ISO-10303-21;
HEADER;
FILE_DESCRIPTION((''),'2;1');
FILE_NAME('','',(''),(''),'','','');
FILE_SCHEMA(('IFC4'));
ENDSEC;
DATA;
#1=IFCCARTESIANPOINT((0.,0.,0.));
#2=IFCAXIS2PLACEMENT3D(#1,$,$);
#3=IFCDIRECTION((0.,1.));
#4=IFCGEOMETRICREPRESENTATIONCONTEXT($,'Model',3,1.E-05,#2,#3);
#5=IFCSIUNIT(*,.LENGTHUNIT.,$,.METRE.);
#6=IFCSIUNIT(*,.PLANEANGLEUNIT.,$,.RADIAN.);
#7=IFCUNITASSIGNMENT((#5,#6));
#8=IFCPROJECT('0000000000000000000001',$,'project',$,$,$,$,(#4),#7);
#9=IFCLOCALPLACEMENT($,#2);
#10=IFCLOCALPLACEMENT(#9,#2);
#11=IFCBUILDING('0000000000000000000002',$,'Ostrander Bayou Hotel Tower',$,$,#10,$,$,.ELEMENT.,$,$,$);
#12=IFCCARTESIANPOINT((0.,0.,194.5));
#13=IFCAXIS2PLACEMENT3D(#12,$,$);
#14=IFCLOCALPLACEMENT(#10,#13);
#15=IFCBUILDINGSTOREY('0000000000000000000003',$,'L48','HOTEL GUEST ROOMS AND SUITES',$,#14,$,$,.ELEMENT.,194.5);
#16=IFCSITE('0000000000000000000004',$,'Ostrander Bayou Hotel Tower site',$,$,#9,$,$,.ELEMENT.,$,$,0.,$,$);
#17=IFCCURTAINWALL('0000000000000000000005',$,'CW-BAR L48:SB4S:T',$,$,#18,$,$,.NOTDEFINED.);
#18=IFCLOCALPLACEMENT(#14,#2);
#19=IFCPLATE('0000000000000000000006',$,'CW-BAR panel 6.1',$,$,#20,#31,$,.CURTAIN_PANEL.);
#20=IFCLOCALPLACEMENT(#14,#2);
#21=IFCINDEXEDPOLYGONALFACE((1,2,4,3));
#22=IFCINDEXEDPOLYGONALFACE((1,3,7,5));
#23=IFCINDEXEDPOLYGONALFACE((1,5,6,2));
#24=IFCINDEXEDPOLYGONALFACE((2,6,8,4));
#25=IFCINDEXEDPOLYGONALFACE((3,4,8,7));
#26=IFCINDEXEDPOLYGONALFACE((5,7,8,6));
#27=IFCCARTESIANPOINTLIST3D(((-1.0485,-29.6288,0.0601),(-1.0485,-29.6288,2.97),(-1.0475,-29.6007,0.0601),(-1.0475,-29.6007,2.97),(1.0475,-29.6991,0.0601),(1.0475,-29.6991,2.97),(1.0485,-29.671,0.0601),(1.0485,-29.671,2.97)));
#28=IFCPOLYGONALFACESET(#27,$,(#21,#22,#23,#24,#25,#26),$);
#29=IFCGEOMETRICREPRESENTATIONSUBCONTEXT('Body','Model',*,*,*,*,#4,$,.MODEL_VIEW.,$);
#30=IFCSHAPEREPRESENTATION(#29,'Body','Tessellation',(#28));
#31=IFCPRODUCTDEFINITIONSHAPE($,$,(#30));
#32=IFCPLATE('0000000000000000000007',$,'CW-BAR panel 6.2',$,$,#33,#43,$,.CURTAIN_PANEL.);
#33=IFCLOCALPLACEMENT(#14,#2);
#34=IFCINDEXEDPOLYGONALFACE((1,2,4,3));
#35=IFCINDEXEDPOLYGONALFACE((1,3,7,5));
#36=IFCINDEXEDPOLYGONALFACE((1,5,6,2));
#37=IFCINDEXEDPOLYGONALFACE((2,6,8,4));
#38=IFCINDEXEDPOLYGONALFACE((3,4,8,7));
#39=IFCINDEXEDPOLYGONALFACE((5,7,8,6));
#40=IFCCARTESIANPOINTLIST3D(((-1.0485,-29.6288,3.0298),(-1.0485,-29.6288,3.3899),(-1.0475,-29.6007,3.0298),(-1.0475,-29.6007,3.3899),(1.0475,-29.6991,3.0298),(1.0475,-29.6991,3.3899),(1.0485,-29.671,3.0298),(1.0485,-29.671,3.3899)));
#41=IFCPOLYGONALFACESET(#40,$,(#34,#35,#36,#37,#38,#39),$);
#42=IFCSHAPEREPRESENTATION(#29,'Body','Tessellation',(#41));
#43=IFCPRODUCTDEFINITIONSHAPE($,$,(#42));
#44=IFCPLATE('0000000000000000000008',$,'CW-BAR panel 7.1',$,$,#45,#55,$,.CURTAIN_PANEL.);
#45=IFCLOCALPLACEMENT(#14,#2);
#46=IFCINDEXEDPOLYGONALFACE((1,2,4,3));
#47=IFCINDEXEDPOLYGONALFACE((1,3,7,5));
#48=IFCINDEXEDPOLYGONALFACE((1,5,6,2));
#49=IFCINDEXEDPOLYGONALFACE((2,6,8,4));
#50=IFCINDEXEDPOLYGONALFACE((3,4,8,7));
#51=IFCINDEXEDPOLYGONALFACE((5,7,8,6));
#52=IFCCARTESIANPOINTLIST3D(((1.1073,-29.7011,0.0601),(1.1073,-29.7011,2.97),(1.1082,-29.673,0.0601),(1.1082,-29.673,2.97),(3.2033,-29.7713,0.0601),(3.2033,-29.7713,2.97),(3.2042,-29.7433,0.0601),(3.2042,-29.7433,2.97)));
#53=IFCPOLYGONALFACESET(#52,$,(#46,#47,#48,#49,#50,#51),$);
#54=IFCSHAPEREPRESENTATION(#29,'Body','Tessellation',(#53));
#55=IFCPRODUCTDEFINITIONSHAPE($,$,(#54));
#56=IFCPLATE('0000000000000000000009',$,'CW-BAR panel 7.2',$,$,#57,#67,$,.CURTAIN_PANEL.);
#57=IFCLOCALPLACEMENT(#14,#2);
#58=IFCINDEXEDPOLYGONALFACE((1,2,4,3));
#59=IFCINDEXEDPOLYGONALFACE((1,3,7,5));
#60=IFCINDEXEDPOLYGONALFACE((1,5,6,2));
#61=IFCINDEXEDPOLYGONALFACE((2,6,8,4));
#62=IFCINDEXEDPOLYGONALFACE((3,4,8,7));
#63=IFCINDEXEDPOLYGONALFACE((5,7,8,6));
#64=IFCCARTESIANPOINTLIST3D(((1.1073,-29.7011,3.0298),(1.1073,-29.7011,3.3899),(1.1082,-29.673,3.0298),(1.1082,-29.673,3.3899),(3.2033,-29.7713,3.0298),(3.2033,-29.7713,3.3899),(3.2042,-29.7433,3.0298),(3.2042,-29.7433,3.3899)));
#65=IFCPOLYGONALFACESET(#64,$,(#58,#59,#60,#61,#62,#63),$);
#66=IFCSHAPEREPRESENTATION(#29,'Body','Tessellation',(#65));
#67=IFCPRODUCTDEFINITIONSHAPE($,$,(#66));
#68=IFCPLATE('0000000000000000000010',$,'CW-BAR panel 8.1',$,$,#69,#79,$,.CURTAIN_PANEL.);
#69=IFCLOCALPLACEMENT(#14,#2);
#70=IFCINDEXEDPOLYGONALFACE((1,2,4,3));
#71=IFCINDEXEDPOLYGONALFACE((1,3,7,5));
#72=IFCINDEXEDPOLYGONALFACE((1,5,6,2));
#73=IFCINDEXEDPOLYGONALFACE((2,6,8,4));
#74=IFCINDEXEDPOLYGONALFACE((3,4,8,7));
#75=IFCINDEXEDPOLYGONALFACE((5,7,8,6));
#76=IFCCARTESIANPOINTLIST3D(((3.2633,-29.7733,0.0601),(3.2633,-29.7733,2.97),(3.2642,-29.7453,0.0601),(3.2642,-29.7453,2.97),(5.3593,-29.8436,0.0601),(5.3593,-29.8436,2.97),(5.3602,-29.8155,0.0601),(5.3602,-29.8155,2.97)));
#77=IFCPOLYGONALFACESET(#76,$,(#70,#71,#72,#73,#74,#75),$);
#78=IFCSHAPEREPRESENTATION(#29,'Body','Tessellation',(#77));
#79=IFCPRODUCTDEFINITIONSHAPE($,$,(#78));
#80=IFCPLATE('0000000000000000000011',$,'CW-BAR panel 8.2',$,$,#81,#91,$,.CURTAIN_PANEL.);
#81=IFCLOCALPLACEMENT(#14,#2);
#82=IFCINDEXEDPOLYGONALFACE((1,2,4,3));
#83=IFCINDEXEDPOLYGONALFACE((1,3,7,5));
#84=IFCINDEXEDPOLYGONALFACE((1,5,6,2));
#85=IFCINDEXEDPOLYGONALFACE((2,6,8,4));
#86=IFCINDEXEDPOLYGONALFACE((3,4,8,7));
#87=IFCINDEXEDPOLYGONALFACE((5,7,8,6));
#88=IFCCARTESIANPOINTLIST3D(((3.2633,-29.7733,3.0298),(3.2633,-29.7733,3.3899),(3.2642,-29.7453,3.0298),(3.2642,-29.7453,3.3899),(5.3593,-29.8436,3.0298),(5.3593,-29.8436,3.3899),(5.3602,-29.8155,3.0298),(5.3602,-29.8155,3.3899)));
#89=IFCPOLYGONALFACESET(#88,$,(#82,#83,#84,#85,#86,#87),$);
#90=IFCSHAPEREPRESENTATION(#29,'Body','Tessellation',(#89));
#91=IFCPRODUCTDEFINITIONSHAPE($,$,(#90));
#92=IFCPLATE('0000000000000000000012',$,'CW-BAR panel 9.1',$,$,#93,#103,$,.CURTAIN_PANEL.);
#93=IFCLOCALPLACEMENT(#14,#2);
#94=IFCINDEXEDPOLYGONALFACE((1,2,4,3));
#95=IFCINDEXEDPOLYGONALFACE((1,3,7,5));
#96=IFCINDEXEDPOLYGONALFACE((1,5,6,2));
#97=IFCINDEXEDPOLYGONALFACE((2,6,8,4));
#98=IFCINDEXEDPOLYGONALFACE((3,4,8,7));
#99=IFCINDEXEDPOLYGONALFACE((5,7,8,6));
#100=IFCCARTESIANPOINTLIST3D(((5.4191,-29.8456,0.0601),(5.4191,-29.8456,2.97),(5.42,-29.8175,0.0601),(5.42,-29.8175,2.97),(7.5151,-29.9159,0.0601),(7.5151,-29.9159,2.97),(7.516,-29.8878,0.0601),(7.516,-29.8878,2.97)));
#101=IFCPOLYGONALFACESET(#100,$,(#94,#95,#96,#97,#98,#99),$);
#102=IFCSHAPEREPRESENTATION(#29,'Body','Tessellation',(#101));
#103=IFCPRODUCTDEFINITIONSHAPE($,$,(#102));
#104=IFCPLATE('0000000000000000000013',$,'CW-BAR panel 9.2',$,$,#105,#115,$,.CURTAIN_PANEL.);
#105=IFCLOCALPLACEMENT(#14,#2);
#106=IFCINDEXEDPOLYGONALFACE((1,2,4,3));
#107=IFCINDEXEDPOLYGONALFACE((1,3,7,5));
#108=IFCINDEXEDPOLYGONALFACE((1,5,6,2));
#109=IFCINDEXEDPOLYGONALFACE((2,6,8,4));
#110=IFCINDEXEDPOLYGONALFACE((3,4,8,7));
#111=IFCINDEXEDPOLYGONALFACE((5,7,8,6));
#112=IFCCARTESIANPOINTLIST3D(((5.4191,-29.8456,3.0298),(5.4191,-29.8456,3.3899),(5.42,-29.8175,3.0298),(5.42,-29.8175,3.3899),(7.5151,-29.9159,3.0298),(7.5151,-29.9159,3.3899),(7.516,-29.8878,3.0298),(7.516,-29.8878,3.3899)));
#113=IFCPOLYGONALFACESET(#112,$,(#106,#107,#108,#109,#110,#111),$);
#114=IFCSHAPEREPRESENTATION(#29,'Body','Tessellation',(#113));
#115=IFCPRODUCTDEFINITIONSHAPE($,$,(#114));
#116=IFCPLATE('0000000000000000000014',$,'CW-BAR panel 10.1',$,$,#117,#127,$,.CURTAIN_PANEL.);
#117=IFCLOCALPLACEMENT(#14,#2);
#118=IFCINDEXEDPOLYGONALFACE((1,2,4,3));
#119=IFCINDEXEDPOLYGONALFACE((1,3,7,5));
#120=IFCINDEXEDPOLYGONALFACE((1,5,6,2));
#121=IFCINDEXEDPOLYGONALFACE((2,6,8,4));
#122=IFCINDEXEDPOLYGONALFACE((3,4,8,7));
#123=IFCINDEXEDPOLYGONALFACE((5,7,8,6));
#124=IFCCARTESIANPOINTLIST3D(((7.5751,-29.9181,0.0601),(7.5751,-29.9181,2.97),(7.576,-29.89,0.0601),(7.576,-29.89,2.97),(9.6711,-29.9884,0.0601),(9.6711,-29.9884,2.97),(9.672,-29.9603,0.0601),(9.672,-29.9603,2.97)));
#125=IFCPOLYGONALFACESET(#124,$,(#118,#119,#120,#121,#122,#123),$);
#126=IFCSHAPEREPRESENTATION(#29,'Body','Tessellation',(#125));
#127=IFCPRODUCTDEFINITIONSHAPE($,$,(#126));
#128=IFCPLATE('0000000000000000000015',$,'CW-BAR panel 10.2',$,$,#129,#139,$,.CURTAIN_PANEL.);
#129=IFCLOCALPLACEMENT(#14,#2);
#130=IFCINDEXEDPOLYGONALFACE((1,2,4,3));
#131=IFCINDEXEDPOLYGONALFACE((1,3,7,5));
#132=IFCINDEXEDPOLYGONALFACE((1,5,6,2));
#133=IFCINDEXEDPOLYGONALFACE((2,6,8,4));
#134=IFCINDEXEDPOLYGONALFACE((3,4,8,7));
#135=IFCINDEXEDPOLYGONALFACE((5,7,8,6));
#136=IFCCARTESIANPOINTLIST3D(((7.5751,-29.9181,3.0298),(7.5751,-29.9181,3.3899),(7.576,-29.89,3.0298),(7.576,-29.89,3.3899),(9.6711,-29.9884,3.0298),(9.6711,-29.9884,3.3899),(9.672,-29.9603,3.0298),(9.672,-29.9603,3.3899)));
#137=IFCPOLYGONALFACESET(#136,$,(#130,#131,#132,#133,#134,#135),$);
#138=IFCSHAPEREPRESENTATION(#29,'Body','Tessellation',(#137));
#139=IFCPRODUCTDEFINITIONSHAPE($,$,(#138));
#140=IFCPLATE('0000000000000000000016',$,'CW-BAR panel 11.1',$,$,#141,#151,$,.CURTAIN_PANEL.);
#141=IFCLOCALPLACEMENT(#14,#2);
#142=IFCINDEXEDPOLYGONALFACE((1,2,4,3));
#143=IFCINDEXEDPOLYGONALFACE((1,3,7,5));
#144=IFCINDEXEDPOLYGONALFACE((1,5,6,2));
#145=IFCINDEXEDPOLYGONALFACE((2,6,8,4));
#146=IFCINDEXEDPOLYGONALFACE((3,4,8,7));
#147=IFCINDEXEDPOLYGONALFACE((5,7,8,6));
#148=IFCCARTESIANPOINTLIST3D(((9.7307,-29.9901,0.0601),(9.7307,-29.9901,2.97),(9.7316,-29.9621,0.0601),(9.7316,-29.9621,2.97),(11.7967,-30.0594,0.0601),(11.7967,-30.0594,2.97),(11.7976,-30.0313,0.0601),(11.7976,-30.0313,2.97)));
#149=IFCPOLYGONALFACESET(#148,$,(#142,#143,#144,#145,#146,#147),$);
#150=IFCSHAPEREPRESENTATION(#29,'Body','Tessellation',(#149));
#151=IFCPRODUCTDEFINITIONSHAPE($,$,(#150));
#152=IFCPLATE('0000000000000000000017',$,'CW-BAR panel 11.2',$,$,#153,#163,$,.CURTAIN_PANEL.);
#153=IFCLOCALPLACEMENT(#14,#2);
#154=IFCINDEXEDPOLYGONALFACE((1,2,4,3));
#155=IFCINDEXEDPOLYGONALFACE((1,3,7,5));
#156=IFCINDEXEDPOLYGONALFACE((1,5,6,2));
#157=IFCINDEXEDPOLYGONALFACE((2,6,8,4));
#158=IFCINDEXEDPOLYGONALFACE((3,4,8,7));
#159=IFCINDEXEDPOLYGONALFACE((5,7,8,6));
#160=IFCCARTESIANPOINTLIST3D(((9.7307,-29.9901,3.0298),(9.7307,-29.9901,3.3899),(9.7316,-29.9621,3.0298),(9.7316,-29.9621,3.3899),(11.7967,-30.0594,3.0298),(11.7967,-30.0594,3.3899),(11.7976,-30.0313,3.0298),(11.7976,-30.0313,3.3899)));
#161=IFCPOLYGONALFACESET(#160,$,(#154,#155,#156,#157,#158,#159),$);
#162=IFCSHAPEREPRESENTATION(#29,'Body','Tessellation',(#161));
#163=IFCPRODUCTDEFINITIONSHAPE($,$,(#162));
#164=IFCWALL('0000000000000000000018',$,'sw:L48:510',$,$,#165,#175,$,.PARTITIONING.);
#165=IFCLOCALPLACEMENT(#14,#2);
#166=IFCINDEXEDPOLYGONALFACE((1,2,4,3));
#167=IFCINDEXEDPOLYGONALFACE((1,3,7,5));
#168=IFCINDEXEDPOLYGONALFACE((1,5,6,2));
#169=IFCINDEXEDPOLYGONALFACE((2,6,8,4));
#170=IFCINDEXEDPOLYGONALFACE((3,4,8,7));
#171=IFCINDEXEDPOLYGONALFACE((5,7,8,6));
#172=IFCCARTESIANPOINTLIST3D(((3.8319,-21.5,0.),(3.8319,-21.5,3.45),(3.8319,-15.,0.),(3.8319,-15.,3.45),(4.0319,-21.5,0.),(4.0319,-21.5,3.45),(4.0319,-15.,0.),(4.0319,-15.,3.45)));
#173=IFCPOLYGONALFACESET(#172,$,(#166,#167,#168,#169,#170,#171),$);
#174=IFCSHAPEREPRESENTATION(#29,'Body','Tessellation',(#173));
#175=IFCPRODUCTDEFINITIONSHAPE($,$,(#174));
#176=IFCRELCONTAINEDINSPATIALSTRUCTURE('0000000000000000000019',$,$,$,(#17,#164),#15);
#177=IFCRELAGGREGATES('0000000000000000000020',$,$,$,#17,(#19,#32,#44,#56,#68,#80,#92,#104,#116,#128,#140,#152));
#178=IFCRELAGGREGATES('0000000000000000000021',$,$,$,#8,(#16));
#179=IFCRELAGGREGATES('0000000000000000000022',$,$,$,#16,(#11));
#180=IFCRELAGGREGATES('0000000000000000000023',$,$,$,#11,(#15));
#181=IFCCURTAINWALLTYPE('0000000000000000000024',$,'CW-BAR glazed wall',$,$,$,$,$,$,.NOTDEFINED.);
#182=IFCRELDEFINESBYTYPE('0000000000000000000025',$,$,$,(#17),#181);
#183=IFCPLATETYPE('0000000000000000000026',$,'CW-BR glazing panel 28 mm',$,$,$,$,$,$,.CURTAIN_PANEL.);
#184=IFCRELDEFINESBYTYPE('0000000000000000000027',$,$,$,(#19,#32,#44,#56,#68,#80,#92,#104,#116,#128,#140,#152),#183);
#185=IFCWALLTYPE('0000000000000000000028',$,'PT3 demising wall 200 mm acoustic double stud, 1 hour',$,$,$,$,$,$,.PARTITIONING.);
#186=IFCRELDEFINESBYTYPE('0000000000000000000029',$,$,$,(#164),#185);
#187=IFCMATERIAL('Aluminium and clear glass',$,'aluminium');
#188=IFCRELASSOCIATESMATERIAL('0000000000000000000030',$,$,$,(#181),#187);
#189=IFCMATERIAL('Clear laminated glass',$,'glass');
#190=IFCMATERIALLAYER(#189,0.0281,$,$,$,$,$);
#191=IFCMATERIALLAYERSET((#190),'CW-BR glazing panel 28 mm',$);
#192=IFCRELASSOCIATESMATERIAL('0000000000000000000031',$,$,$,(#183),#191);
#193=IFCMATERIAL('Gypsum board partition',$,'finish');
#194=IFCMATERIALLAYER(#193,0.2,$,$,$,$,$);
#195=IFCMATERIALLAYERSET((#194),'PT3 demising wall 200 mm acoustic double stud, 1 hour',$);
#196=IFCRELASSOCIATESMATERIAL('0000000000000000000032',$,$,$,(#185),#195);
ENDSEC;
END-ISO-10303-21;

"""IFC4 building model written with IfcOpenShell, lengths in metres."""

from ifc_helpers import new_model, si_unit, direction, frame, frame_2d, origin, origin_2d, place, context, subcontext, project, spatial, rectangle, extrude, material, layer, layer_set, type_object, element, aggregate, save


model = new_model("IFC4")

# Units and contexts
model_context = context("Model", 3, precision=1e-05, world=origin(), true_north=direction((0.0, 1.0)))
body_context = subcontext(model_context, "Body", "Model", "MODEL_VIEW")
ifc_project = project(units=[si_unit("LENGTHUNIT", "METRE"), si_unit("PLANEANGLEUNIT", "RADIAN")], contexts=[model_context])

# Site, building, storey
site_placement = place(None, origin())
site = spatial("IfcSite", under=ifc_project, at=site_placement, Name="Ostrander Bayou Hotel Tower site", CompositionType="ELEMENT", RefElevation=0.0)
building_placement = place(site_placement, origin())
building = spatial("IfcBuilding", under=site, at=building_placement, Name="Ostrander Bayou Hotel Tower", CompositionType="ELEMENT")
storey_placement = place(building_placement, frame((0.0, 0.0, 194.5)))
storey = spatial("IfcBuildingStorey", under=building, at=storey_placement, Name="L48", Description="HOTEL GUEST ROOMS AND SUITES", CompositionType="ELEMENT", Elevation=194.5)

# Curtain wall, plates
ifc_material_1 = material(Name="Aluminium and clear glass", Category="aluminium")
curtain_wall_type = type_object("IfcCurtainWallType", Name="CW-BAR glazed wall", PredefinedType="NOTDEFINED", material=ifc_material_1)
curtain_wall_placement = place(storey_placement, origin())
curtain_wall = element("IfcCurtainWall", 1, at=curtain_wall_placement, inside=storey, type_object=curtain_wall_type, Name="CW-BAR L48:SB4S:T", PredefinedType="NOTDEFINED")
ifc_material_2 = material(Name="Clear laminated glass", Category="glass")
ifc_layer_1 = layer(ifc_material_2, 0.0281)
ifc_layer_set_1 = layer_set([ifc_layer_1], Name="CW-BR glazing panel 28 mm")
plate_type = type_object("IfcPlateType", Name="CW-BR glazing panel 28 mm", PredefinedType="CURTAIN_PANEL", material=ifc_layer_set_1)
plate_1_placement = place(storey_placement, frame((0.0, -29.6499, 0.0601), z_axis=(0.0, 0.0, 1.0), x_axis=(0.999439, -0.033505, 0.0)))
plate_1 = element("IfcPlate", 2, at=plate_1_placement, type_object=plate_type, Name="CW-BAR panel 6.1", PredefinedType="CURTAIN_PANEL", context=body_context, shape_type="SweptSolid", body=[
    extrude(rectangle(XDim=2.0972, YDim=0.0281, at=origin_2d()), origin(), (0.0, 0.0, 1.0), 2.9099),
])
plate_2_placement = place(storey_placement, frame((0.0, -29.6499, 3.0298), z_axis=(0.0, 0.0, 1.0), x_axis=(0.999439, -0.033505, 0.0)))
plate_2 = element("IfcPlate", 3, at=plate_2_placement, type_object=plate_type, Name="CW-BAR panel 6.2", PredefinedType="CURTAIN_PANEL", context=body_context, shape_type="SweptSolid", body=[
    extrude(rectangle(XDim=2.0972, YDim=0.0281, at=origin_2d()), origin(), (0.0, 0.0, 1.0), 0.3601),
])
plate_3_placement = place(storey_placement, frame((2.1558, -29.7222, 0.0601), z_axis=(0.0, 0.0, 1.0), x_axis=(0.999439, -0.033505, 0.0)))
plate_3 = element("IfcPlate", 4, at=plate_3_placement, type_object=plate_type, Name="CW-BAR panel 7.1", PredefinedType="CURTAIN_PANEL", context=body_context, shape_type="SweptSolid", body=[
    extrude(rectangle(XDim=2.0972, YDim=0.0281, at=origin_2d()), origin(), (0.0, 0.0, 1.0), 2.9099),
])
plate_4_placement = place(storey_placement, frame((2.1558, -29.7222, 3.0298), z_axis=(0.0, 0.0, 1.0), x_axis=(0.999439, -0.033505, 0.0)))
plate_4 = element("IfcPlate", 5, at=plate_4_placement, type_object=plate_type, Name="CW-BAR panel 7.2", PredefinedType="CURTAIN_PANEL", context=body_context, shape_type="SweptSolid", body=[
    extrude(rectangle(XDim=2.0972, YDim=0.0281, at=origin_2d()), origin(), (0.0, 0.0, 1.0), 0.3601),
])
plate_5_placement = place(storey_placement, frame((4.3118, -29.7944, 0.0601), z_axis=(0.0, 0.0, 1.0), x_axis=(0.999439, -0.033505, 0.0)))
plate_5 = element("IfcPlate", 6, at=plate_5_placement, type_object=plate_type, Name="CW-BAR panel 8.1", PredefinedType="CURTAIN_PANEL", context=body_context, shape_type="SweptSolid", body=[
    extrude(rectangle(XDim=2.0972, YDim=0.0281, at=origin_2d()), origin(), (0.0, 0.0, 1.0), 2.9099),
])
plate_6_placement = place(storey_placement, frame((4.3118, -29.7944, 3.0298), z_axis=(0.0, 0.0, 1.0), x_axis=(0.999439, -0.033505, 0.0)))
plate_6 = element("IfcPlate", 7, at=plate_6_placement, type_object=plate_type, Name="CW-BAR panel 8.2", PredefinedType="CURTAIN_PANEL", context=body_context, shape_type="SweptSolid", body=[
    extrude(rectangle(XDim=2.0972, YDim=0.0281, at=origin_2d()), origin(), (0.0, 0.0, 1.0), 0.3601),
])
plate_7_placement = place(storey_placement, frame((6.4675, -29.8667, 0.0601), z_axis=(0.0, 0.0, 1.0), x_axis=(0.999439, -0.033505, 0.0)))
plate_7 = element("IfcPlate", 8, at=plate_7_placement, type_object=plate_type, Name="CW-BAR panel 9.1", PredefinedType="CURTAIN_PANEL", context=body_context, shape_type="SweptSolid", body=[
    extrude(rectangle(XDim=2.0972, YDim=0.0281, at=origin_2d()), origin(), (0.0, 0.0, 1.0), 2.9099),
])
plate_8_placement = place(storey_placement, frame((6.4675, -29.8667, 3.0298), z_axis=(0.0, 0.0, 1.0), x_axis=(0.999439, -0.033505, 0.0)))
plate_8 = element("IfcPlate", 9, at=plate_8_placement, type_object=plate_type, Name="CW-BAR panel 9.2", PredefinedType="CURTAIN_PANEL", context=body_context, shape_type="SweptSolid", body=[
    extrude(rectangle(XDim=2.0972, YDim=0.0281, at=origin_2d()), origin(), (0.0, 0.0, 1.0), 0.3601),
])
plate_9_placement = place(storey_placement, frame((8.6235, -29.9392, 0.0601), z_axis=(0.0, 0.0, 1.0), x_axis=(0.999439, -0.033505, 0.0)))
plate_9 = element("IfcPlate", 10, at=plate_9_placement, type_object=plate_type, Name="CW-BAR panel 10.1", PredefinedType="CURTAIN_PANEL", context=body_context, shape_type="SweptSolid", body=[
    extrude(rectangle(XDim=2.0972, YDim=0.0281, at=origin_2d()), origin(), (0.0, 0.0, 1.0), 2.9099),
])
plate_10_placement = place(storey_placement, frame((8.6235, -29.9392, 3.0298), z_axis=(0.0, 0.0, 1.0), x_axis=(0.999439, -0.033505, 0.0)))
plate_10 = element("IfcPlate", 11, at=plate_10_placement, type_object=plate_type, Name="CW-BAR panel 10.2", PredefinedType="CURTAIN_PANEL", context=body_context, shape_type="SweptSolid", body=[
    extrude(rectangle(XDim=2.0972, YDim=0.0281, at=origin_2d()), origin(), (0.0, 0.0, 1.0), 0.3601),
])
plate_11_placement = place(storey_placement, frame((10.7642, -30.0107, 0.0601), z_axis=(0.0, 0.0, 1.0), x_axis=(0.999439, -0.033505, 0.0)))
plate_11 = element("IfcPlate", 12, at=plate_11_placement, type_object=plate_type, Name="CW-BAR panel 11.1", PredefinedType="CURTAIN_PANEL", context=body_context, shape_type="SweptSolid", body=[
    extrude(rectangle(XDim=2.0671, YDim=0.0281, at=origin_2d()), origin(), (0.0, 0.0, 1.0), 2.9099),
])
plate_12_placement = place(storey_placement, frame((10.7642, -30.0107, 3.0298), z_axis=(0.0, 0.0, 1.0), x_axis=(0.999439, -0.033505, 0.0)))
plate_12 = element("IfcPlate", 13, at=plate_12_placement, type_object=plate_type, Name="CW-BAR panel 11.2", PredefinedType="CURTAIN_PANEL", context=body_context, shape_type="SweptSolid", body=[
    extrude(rectangle(XDim=2.0671, YDim=0.0281, at=origin_2d()), origin(), (0.0, 0.0, 1.0), 0.3601),
])
aggregate(curtain_wall, [plate_1, plate_2, plate_3, plate_4, plate_5, plate_6, plate_7, plate_8, plate_9, plate_10, plate_11, plate_12])

# Wall
ifc_material_3 = material(Name="Gypsum board partition", Category="finish")
ifc_layer_2 = layer(ifc_material_3, 0.2)
ifc_layer_set_2 = layer_set([ifc_layer_2], Name="PT3 demising wall 200 mm acoustic double stud, 1 hour")
wall_type = type_object("IfcWallType", Name="PT3 demising wall 200 mm acoustic double stud, 1 hour", PredefinedType="PARTITIONING", material=ifc_layer_set_2)
wall_placement = place(storey_placement, frame((3.9319, -21.5, 0.0), z_axis=(0.0, 0.0, 1.0), x_axis=(0.0, 1.0, 0.0)))
element("IfcWall", 14, at=wall_placement, inside=storey, type_object=wall_type, Name="sw:L48:510", PredefinedType="PARTITIONING", context=body_context, shape_type="SweptSolid", body=[
    extrude(rectangle(XDim=6.5, YDim=0.2, at=frame_2d((3.25, 0.0))), origin(), (0.0, 0.0, 1.0), 3.45),
])

save(model, "model.ifc")
